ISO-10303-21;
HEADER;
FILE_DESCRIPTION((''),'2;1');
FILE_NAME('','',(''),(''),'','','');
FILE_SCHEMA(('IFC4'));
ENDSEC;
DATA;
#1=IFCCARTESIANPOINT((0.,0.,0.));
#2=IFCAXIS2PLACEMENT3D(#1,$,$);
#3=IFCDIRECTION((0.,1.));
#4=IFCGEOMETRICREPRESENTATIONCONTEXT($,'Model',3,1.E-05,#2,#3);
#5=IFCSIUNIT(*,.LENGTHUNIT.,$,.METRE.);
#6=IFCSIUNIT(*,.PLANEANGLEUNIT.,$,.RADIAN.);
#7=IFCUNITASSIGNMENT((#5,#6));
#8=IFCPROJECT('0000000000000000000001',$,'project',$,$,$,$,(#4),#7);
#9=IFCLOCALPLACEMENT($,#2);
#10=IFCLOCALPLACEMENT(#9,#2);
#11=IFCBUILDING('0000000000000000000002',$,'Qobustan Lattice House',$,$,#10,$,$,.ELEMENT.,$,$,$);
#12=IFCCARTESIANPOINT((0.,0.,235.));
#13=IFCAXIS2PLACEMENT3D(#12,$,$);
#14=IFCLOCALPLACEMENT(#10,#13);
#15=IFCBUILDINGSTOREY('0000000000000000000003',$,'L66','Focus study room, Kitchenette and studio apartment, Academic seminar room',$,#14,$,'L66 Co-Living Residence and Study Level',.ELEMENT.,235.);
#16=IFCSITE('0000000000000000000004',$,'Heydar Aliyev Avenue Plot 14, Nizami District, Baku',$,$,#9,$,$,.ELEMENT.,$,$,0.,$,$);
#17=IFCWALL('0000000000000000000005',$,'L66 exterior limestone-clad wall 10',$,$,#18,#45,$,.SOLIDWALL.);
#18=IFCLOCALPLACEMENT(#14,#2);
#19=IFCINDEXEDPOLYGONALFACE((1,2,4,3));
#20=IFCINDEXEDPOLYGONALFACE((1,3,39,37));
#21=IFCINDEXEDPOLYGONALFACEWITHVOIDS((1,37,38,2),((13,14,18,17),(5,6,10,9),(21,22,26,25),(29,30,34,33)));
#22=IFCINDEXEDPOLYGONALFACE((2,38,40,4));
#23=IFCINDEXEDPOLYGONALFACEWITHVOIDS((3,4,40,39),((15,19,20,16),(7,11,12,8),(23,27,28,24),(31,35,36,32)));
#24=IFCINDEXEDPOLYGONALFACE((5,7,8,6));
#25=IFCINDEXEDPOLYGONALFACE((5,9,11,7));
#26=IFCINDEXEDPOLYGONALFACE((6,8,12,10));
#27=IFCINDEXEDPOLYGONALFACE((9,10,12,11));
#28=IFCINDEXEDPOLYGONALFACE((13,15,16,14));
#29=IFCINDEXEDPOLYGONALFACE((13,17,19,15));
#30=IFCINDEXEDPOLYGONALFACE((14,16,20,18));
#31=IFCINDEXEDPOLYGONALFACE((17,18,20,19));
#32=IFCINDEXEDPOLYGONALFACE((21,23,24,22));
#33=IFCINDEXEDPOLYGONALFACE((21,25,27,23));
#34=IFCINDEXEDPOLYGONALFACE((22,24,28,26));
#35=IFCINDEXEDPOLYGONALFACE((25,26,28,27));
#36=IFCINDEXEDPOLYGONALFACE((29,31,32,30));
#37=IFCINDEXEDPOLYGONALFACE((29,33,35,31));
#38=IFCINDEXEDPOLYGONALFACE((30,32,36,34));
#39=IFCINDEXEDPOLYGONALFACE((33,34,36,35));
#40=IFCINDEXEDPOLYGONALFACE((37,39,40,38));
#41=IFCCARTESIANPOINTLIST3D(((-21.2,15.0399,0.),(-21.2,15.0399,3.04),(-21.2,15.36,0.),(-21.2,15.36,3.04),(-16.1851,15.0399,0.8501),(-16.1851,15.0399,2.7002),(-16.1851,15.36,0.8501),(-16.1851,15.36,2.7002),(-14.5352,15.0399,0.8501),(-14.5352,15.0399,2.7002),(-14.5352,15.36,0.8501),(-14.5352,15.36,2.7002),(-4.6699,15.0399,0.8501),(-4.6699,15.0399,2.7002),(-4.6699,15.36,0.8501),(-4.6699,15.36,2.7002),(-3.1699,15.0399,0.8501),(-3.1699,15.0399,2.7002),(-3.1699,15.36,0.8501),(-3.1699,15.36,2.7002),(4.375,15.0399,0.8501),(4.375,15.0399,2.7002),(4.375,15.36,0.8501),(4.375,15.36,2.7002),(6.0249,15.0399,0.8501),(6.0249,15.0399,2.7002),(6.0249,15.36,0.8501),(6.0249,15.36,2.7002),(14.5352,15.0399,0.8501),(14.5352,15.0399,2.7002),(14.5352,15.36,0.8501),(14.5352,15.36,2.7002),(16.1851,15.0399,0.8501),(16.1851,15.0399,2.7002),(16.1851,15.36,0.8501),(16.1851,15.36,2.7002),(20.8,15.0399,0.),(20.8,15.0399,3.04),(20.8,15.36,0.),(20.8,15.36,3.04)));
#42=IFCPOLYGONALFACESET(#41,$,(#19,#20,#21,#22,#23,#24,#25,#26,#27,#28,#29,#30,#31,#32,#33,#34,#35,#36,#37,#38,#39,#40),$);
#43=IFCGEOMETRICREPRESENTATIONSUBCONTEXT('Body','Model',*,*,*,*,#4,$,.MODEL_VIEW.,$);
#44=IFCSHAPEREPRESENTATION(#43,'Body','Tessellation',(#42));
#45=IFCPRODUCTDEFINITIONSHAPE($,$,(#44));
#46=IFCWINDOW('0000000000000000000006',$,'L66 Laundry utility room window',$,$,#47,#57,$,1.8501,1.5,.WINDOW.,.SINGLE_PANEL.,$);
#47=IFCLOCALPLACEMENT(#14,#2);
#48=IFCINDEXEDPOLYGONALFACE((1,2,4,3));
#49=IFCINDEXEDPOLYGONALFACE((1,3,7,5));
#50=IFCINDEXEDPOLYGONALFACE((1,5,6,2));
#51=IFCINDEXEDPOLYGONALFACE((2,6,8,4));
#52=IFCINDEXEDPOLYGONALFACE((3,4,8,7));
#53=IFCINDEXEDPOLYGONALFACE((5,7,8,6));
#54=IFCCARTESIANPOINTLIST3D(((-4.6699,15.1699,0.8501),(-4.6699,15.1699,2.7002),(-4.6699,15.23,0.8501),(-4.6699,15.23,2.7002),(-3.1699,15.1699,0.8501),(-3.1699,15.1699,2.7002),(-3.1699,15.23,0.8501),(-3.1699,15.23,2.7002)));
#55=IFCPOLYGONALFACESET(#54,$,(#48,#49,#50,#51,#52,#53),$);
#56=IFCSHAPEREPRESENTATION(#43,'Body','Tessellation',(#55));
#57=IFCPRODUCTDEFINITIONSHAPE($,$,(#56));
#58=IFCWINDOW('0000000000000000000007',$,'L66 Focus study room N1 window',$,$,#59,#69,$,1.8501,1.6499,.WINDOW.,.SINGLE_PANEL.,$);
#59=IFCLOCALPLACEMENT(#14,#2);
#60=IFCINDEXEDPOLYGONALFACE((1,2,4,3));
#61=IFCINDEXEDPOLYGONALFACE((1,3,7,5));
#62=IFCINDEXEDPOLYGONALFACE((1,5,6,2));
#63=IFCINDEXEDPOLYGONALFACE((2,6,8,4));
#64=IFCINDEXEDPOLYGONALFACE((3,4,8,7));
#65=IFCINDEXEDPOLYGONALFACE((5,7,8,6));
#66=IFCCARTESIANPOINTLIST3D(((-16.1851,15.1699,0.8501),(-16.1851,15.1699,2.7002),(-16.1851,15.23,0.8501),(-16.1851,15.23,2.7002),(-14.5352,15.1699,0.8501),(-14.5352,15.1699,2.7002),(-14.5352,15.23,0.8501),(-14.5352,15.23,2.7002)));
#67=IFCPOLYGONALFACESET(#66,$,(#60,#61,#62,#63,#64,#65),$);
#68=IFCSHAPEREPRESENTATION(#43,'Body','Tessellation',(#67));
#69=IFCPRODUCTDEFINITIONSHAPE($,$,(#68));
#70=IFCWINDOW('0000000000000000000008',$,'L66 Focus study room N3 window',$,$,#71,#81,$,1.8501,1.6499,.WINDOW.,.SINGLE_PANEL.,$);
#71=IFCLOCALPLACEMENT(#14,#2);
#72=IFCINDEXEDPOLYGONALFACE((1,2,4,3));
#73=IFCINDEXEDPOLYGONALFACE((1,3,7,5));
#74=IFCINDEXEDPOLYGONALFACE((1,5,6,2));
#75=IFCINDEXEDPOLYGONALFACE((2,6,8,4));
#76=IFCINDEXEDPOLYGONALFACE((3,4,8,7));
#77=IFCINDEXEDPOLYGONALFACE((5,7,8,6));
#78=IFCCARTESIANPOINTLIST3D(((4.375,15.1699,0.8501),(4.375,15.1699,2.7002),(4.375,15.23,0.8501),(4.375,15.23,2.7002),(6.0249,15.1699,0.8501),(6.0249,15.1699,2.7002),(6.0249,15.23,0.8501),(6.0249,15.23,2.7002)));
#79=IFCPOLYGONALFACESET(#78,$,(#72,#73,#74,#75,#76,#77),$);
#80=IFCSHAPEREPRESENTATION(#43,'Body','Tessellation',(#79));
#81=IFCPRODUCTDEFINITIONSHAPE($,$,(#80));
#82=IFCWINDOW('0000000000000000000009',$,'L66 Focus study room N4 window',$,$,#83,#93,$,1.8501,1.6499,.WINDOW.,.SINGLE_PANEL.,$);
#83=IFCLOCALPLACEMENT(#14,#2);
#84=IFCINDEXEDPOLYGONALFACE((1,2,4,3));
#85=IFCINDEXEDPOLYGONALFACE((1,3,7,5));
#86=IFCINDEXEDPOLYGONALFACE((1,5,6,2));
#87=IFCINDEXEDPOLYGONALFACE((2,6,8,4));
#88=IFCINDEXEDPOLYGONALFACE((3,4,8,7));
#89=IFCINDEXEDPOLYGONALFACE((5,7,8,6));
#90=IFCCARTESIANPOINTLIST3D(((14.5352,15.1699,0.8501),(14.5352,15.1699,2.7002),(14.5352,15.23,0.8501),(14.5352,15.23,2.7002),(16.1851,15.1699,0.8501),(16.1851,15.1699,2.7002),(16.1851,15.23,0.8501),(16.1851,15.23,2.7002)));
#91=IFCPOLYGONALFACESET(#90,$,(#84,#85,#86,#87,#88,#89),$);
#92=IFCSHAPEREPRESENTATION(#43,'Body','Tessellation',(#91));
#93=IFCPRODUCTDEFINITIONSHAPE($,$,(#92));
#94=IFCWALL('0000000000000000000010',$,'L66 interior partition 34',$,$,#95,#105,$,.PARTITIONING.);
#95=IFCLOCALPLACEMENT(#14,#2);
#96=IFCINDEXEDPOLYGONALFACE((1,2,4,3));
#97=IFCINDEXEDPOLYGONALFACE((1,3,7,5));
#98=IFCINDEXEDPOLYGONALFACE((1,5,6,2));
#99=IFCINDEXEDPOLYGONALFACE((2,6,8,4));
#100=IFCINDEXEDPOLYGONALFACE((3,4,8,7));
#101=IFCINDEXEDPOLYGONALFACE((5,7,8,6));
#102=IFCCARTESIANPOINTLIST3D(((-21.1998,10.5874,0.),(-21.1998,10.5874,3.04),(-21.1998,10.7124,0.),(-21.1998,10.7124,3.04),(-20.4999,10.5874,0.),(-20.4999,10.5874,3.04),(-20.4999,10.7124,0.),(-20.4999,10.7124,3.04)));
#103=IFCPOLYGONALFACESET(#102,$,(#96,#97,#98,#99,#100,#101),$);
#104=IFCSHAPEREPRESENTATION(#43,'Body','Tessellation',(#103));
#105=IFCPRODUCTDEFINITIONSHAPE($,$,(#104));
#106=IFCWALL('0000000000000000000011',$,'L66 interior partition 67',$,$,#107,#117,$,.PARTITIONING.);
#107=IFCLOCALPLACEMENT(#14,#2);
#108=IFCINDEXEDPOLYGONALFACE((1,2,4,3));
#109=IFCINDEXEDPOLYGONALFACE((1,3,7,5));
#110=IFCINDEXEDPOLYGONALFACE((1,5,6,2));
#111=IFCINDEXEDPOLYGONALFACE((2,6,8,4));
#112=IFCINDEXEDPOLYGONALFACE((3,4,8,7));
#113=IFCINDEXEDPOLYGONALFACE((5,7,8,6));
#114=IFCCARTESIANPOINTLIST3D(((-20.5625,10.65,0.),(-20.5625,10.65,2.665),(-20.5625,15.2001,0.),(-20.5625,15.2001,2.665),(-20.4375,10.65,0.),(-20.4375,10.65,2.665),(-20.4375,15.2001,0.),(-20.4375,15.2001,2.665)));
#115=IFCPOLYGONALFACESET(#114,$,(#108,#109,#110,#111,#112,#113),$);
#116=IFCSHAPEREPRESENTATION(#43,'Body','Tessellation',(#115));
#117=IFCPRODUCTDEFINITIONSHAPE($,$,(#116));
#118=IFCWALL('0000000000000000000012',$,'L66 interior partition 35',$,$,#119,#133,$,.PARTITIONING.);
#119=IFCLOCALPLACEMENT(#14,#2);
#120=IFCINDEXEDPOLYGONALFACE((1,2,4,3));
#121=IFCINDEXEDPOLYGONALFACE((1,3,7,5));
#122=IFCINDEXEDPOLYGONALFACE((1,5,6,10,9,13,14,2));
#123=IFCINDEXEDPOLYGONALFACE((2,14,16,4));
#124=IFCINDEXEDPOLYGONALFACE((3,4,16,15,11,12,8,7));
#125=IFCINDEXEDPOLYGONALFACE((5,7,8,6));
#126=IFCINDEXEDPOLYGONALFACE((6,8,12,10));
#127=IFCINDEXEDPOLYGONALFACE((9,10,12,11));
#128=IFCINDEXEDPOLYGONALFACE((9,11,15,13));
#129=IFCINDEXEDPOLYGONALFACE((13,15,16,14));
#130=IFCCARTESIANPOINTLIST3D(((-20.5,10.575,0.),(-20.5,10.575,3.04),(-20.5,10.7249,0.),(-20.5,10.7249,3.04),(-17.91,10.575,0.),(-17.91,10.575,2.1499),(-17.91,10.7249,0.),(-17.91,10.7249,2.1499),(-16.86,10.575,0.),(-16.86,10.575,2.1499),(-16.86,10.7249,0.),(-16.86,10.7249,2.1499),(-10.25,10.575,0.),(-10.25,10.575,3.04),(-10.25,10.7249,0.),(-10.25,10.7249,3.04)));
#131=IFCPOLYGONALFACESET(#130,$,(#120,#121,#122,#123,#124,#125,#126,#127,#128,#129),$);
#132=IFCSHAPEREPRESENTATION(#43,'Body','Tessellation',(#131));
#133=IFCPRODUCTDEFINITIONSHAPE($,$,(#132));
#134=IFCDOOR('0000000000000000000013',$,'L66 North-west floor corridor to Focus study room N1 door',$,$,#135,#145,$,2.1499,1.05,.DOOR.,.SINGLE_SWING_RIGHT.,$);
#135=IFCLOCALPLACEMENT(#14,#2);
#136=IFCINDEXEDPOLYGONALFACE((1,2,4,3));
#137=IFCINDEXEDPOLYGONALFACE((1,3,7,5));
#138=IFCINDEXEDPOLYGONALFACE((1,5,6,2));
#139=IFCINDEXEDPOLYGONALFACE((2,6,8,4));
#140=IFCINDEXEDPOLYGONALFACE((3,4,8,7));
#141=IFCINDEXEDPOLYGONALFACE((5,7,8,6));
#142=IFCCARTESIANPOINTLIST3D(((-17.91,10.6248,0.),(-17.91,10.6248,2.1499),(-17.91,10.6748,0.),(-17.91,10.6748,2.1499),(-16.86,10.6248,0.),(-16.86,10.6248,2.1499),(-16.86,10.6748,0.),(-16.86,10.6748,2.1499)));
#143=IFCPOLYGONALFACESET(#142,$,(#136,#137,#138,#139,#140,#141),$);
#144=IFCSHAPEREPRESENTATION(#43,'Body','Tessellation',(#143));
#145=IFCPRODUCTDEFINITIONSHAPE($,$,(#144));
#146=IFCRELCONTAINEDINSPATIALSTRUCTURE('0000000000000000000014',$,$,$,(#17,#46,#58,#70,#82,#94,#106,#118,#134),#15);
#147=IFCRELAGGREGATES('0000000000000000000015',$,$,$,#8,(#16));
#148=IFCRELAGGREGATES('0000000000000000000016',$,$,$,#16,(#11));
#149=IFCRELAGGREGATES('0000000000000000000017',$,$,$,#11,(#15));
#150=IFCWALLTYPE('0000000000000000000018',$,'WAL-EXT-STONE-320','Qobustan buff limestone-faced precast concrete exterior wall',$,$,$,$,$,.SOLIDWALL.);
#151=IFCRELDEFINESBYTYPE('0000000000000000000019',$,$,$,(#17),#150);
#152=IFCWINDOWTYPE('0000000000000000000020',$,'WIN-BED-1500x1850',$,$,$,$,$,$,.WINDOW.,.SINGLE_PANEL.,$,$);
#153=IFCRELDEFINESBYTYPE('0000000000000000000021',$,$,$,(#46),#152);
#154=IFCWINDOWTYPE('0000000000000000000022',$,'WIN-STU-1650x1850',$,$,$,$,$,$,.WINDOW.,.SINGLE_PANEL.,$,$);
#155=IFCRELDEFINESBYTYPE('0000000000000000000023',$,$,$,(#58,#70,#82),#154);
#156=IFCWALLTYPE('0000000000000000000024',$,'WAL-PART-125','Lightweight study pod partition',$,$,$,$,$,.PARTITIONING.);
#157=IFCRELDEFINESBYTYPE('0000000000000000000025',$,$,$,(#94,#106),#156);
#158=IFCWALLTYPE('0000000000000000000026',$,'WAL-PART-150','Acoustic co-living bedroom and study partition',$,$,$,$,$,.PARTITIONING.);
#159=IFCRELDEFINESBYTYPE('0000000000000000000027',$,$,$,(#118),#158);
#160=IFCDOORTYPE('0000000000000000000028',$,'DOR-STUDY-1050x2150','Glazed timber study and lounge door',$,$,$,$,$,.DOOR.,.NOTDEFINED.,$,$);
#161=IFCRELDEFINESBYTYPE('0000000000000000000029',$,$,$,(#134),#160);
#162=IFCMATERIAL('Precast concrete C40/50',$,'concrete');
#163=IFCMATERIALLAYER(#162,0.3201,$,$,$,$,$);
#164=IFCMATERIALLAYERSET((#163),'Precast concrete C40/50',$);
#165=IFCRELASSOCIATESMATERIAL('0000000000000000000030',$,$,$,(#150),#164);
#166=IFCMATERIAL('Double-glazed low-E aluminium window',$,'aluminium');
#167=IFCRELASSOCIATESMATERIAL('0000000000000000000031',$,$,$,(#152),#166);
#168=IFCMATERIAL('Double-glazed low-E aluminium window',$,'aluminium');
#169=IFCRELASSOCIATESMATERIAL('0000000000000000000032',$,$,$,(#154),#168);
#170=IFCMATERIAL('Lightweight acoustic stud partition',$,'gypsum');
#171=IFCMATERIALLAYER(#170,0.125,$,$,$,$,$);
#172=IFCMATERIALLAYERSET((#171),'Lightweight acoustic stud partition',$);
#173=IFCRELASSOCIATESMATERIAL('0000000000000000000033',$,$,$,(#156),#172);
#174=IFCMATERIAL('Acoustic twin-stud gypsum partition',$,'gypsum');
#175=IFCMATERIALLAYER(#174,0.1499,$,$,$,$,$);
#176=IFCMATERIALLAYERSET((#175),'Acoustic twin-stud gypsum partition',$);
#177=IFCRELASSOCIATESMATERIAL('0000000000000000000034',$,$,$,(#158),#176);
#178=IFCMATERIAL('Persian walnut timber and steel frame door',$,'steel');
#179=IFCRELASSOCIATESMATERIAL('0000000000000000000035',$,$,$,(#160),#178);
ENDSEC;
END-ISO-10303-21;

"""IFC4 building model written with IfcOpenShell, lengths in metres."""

from ifc_helpers import new_model, si_unit, direction, frame, frame_2d, origin, place, context, subcontext, project, spatial, rectangle, extrude, material, layer, layer_set, type_object, element, fill, save


model = new_model("IFC4")

# Units and contexts
model_context = context("Model", 3, precision=1e-05, world=origin(), true_north=direction((0.0, 1.0)))
body_context = subcontext(model_context, "Body", "Model", "MODEL_VIEW")
ifc_project = project(units=[si_unit("LENGTHUNIT", "METRE"), si_unit("PLANEANGLEUNIT", "RADIAN")], contexts=[model_context])

# Site, building, storey
site_placement = place(None, origin())
site = spatial("IfcSite", under=ifc_project, at=site_placement, Name="Heydar Aliyev Avenue Plot 14, Nizami District, Baku", CompositionType="ELEMENT", RefElevation=0.0)
building_placement = place(site_placement, origin())
building = spatial("IfcBuilding", under=site, at=building_placement, Name="Qobustan Lattice House", CompositionType="ELEMENT")
storey_placement = place(building_placement, frame((0.0, 0.0, 235.0)))
storey = spatial("IfcBuildingStorey", under=building, at=storey_placement, Name="L66", Description="Focus study room, Kitchenette and studio apartment, Academic seminar room", LongName="L66 Co-Living Residence and Study Level", CompositionType="ELEMENT", Elevation=235.0)

# Shared definitions
ifc_material_1 = material(Name="Precast concrete C40/50", Category="concrete")
ifc_layer_1 = layer(ifc_material_1, 0.3201)
ifc_layer_set_1 = layer_set([ifc_layer_1], Name="Precast concrete C40/50")
wall_type_1 = type_object("IfcWallType", Name="WAL-EXT-STONE-320", Description="Qobustan buff limestone-faced precast concrete exterior wall", PredefinedType="SOLIDWALL", material=ifc_layer_set_1)

# Wall, openings, windows
wall_1_placement = place(storey_placement, frame((-21.2, 15.2, 0.0), z_axis=(0.0, 0.0, 1.0), x_axis=(1.0, 0.0, 0.0)))
wall_1 = element("IfcWall", 1, at=wall_1_placement, inside=storey, type_object=wall_type_1, Name="L66 exterior limestone-clad wall 10", PredefinedType="SOLIDWALL", context=body_context, shape_type="SweptSolid", body=[
    extrude(rectangle(XDim=42.0, YDim=0.3201, at=frame_2d((21.0, 0.0))), origin(), (0.0, 0.0, 1.0), 3.04),
])
opening_1_placement = place(wall_1_placement, frame((5.0149, 0.0, 0.8501)))
opening_1 = element("IfcOpeningElement", 2, at=opening_1_placement, cuts=wall_1, PredefinedType="OPENING", context=body_context, shape_type="SweptSolid", body=[
    extrude(rectangle(XDim=1.6499, YDim=1.8501, at=frame_2d((0.825, 0.925))), frame((0.0, 0.1699, 0.0), z_axis=(0.0, -1.0, 0.0), x_axis=(1.0, 0.0, 0.0)), (0.0, 0.0, 1.0), 0.3401),
])
opening_2_placement = place(wall_1_placement, frame((16.53, 0.0, 0.8501)))
opening_2 = element("IfcOpeningElement", 3, at=opening_2_placement, cuts=wall_1, PredefinedType="OPENING", context=body_context, shape_type="SweptSolid", body=[
    extrude(rectangle(XDim=1.5, YDim=1.8501, at=frame_2d((0.75, 0.925))), frame((0.0, 0.1699, 0.0), z_axis=(0.0, -1.0, 0.0), x_axis=(1.0, 0.0, 0.0)), (0.0, 0.0, 1.0), 0.3401),
])
opening_3_placement = place(wall_1_placement, frame((25.575, 0.0, 0.8501)))
opening_3 = element("IfcOpeningElement", 4, at=opening_3_placement, cuts=wall_1, PredefinedType="OPENING", context=body_context, shape_type="SweptSolid", body=[
    extrude(rectangle(XDim=1.6499, YDim=1.8501, at=frame_2d((0.825, 0.925))), frame((0.0, 0.1699, 0.0), z_axis=(0.0, -1.0, 0.0), x_axis=(1.0, 0.0, 0.0)), (0.0, 0.0, 1.0), 0.3401),
])
opening_4_placement = place(wall_1_placement, frame((35.7351, 0.0, 0.8501)))
opening_4 = element("IfcOpeningElement", 5, at=opening_4_placement, cuts=wall_1, PredefinedType="OPENING", context=body_context, shape_type="SweptSolid", body=[
    extrude(rectangle(XDim=1.6499, YDim=1.8501, at=frame_2d((0.825, 0.925))), frame((0.0, 0.1699, 0.0), z_axis=(0.0, -1.0, 0.0), x_axis=(1.0, 0.0, 0.0)), (0.0, 0.0, 1.0), 0.3401),
])
ifc_material_2 = material(Name="Double-glazed low-E aluminium window", Category="aluminium")
window_type_1 = type_object("IfcWindowType", Name="WIN-BED-1500x1850", PartitioningType="SINGLE_PANEL", PredefinedType="WINDOW", material=ifc_material_2)
window_1_placement = place(opening_2_placement, origin())
window_1 = element("IfcWindow", 6, at=window_1_placement, inside=storey, type_object=window_type_1, Name="L66 Laundry utility room window", OverallHeight=1.8501, OverallWidth=1.5, PartitioningType="SINGLE_PANEL", PredefinedType="WINDOW", context=body_context, shape_type="SweptSolid", body=[
    extrude(rectangle(XDim=1.5, YDim=1.8501, at=frame_2d((0.75, 0.925))), frame((0.0, 0.03, 0.0), z_axis=(0.0, -1.0, 0.0), x_axis=(1.0, 0.0, 0.0)), (0.0, 0.0, 1.0), 0.0601),
])
fill(opening_2, window_1)
ifc_material_3 = material(Name="Double-glazed low-E aluminium window", Category="aluminium")
window_type_2 = type_object("IfcWindowType", Name="WIN-STU-1650x1850", PartitioningType="SINGLE_PANEL", PredefinedType="WINDOW", material=ifc_material_3)
window_2_placement = place(opening_1_placement, origin())
window_2 = element("IfcWindow", 7, at=window_2_placement, inside=storey, type_object=window_type_2, Name="L66 Focus study room N1 window", OverallHeight=1.8501, OverallWidth=1.6499, PartitioningType="SINGLE_PANEL", PredefinedType="WINDOW", context=body_context, shape_type="SweptSolid", body=[
    extrude(rectangle(XDim=1.6499, YDim=1.8501, at=frame_2d((0.825, 0.925))), frame((0.0, 0.03, 0.0), z_axis=(0.0, -1.0, 0.0), x_axis=(1.0, 0.0, 0.0)), (0.0, 0.0, 1.0), 0.0601),
])
fill(opening_1, window_2)
window_3_placement = place(opening_3_placement, origin())
window_3 = element("IfcWindow", 8, at=window_3_placement, inside=storey, type_object=window_type_2, Name="L66 Focus study room N3 window", OverallHeight=1.8501, OverallWidth=1.6499, PartitioningType="SINGLE_PANEL", PredefinedType="WINDOW", context=body_context, shape_type="SweptSolid", body=[
    extrude(rectangle(XDim=1.6499, YDim=1.8501, at=frame_2d((0.825, 0.925))), frame((0.0, 0.03, 0.0), z_axis=(0.0, -1.0, 0.0), x_axis=(1.0, 0.0, 0.0)), (0.0, 0.0, 1.0), 0.0601),
])
fill(opening_3, window_3)
window_4_placement = place(opening_4_placement, origin())
window_4 = element("IfcWindow", 9, at=window_4_placement, inside=storey, type_object=window_type_2, Name="L66 Focus study room N4 window", OverallHeight=1.8501, OverallWidth=1.6499, PartitioningType="SINGLE_PANEL", PredefinedType="WINDOW", context=body_context, shape_type="SweptSolid", body=[
    extrude(rectangle(XDim=1.6499, YDim=1.8501, at=frame_2d((0.825, 0.925))), frame((0.0, 0.03, 0.0), z_axis=(0.0, -1.0, 0.0), x_axis=(1.0, 0.0, 0.0)), (0.0, 0.0, 1.0), 0.0601),
])
fill(opening_4, window_4)

# Walls
ifc_material_4 = material(Name="Lightweight acoustic stud partition", Category="gypsum")
ifc_layer_2 = layer(ifc_material_4, 0.125)
ifc_layer_set_2 = layer_set([ifc_layer_2], Name="Lightweight acoustic stud partition")
wall_type_2 = type_object("IfcWallType", Name="WAL-PART-125", Description="Lightweight study pod partition", PredefinedType="PARTITIONING", material=ifc_layer_set_2)
wall_2_placement = place(storey_placement, frame((-21.2, 10.6499, 0.0), z_axis=(0.0, 0.0, 1.0), x_axis=(1.0, 0.0, 0.0)))
element("IfcWall", 10, at=wall_2_placement, inside=storey, type_object=wall_type_2, Name="L66 interior partition 34", PredefinedType="PARTITIONING", context=body_context, shape_type="SweptSolid", body=[
    extrude(rectangle(XDim=0.7, YDim=0.125, at=frame_2d((0.3501, 0.0))), origin(), (0.0, 0.0, 1.0), 3.04),
])
wall_3_placement = place(storey_placement, frame((-20.5, 15.2, 0.0), z_axis=(0.0, 0.0, 1.0), x_axis=(0.0, -1.0, 0.0)))
element("IfcWall", 11, at=wall_3_placement, inside=storey, type_object=wall_type_2, Name="L66 interior partition 67", PredefinedType="PARTITIONING", context=body_context, shape_type="SweptSolid", body=[
    extrude(rectangle(XDim=4.55, YDim=0.125, at=frame_2d((2.2749, 0.0))), origin(), (0.0, 0.0, 1.0), 2.665),
])

# Wall, opening, door
ifc_material_5 = material(Name="Acoustic twin-stud gypsum partition", Category="gypsum")
ifc_layer_3 = layer(ifc_material_5, 0.1499)
ifc_layer_set_3 = layer_set([ifc_layer_3], Name="Acoustic twin-stud gypsum partition")
wall_type_3 = type_object("IfcWallType", Name="WAL-PART-150", Description="Acoustic co-living bedroom and study partition", PredefinedType="PARTITIONING", material=ifc_layer_set_3)
wall_4_placement = place(storey_placement, frame((-20.5, 10.6499, 0.0), z_axis=(0.0, 0.0, 1.0), x_axis=(1.0, 0.0, 0.0)))
wall_4 = element("IfcWall", 12, at=wall_4_placement, inside=storey, type_object=wall_type_3, Name="L66 interior partition 35", PredefinedType="PARTITIONING", context=body_context, shape_type="SweptSolid", body=[
    extrude(rectangle(XDim=10.25, YDim=0.1499, at=frame_2d((5.125, 0.0))), origin(), (0.0, 0.0, 1.0), 3.04),
])
opening_5_placement = place(wall_4_placement, frame((2.5901, 0.0, 0.0)))
opening_5 = element("IfcOpeningElement", 13, at=opening_5_placement, cuts=wall_4, PredefinedType="OPENING", context=body_context, shape_type="SweptSolid", body=[
    extrude(rectangle(XDim=1.05, YDim=2.1499, at=frame_2d((0.5249, 1.075))), frame((0.0, 0.085, 0.0), z_axis=(0.0, -1.0, 0.0), x_axis=(1.0, 0.0, 0.0)), (0.0, 0.0, 1.0), 0.1699),
])
ifc_material_6 = material(Name="Persian walnut timber and steel frame door", Category="steel")
door_type = type_object("IfcDoorType", Name="DOR-STUDY-1050x2150", Description="Glazed timber study and lounge door", OperationType="NOTDEFINED", PredefinedType="DOOR", material=ifc_material_6)
door_placement = place(opening_5_placement, origin())
door = element("IfcDoor", 14, at=door_placement, inside=storey, type_object=door_type, Name="L66 North-west floor corridor to Focus study room N1 door", OperationType="SINGLE_SWING_RIGHT", OverallHeight=2.1499, OverallWidth=1.05, PredefinedType="DOOR", context=body_context, shape_type="SweptSolid", body=[
    extrude(rectangle(XDim=1.05, YDim=2.1499, at=frame_2d((0.5249, 1.075))), frame((0.0, 0.0249, 0.0), z_axis=(0.0, -1.0, 0.0), x_axis=(1.0, 0.0, 0.0)), (0.0, 0.0, 1.0), 0.05),
])
fill(opening_5, door)

save(model, "model.ifc")
